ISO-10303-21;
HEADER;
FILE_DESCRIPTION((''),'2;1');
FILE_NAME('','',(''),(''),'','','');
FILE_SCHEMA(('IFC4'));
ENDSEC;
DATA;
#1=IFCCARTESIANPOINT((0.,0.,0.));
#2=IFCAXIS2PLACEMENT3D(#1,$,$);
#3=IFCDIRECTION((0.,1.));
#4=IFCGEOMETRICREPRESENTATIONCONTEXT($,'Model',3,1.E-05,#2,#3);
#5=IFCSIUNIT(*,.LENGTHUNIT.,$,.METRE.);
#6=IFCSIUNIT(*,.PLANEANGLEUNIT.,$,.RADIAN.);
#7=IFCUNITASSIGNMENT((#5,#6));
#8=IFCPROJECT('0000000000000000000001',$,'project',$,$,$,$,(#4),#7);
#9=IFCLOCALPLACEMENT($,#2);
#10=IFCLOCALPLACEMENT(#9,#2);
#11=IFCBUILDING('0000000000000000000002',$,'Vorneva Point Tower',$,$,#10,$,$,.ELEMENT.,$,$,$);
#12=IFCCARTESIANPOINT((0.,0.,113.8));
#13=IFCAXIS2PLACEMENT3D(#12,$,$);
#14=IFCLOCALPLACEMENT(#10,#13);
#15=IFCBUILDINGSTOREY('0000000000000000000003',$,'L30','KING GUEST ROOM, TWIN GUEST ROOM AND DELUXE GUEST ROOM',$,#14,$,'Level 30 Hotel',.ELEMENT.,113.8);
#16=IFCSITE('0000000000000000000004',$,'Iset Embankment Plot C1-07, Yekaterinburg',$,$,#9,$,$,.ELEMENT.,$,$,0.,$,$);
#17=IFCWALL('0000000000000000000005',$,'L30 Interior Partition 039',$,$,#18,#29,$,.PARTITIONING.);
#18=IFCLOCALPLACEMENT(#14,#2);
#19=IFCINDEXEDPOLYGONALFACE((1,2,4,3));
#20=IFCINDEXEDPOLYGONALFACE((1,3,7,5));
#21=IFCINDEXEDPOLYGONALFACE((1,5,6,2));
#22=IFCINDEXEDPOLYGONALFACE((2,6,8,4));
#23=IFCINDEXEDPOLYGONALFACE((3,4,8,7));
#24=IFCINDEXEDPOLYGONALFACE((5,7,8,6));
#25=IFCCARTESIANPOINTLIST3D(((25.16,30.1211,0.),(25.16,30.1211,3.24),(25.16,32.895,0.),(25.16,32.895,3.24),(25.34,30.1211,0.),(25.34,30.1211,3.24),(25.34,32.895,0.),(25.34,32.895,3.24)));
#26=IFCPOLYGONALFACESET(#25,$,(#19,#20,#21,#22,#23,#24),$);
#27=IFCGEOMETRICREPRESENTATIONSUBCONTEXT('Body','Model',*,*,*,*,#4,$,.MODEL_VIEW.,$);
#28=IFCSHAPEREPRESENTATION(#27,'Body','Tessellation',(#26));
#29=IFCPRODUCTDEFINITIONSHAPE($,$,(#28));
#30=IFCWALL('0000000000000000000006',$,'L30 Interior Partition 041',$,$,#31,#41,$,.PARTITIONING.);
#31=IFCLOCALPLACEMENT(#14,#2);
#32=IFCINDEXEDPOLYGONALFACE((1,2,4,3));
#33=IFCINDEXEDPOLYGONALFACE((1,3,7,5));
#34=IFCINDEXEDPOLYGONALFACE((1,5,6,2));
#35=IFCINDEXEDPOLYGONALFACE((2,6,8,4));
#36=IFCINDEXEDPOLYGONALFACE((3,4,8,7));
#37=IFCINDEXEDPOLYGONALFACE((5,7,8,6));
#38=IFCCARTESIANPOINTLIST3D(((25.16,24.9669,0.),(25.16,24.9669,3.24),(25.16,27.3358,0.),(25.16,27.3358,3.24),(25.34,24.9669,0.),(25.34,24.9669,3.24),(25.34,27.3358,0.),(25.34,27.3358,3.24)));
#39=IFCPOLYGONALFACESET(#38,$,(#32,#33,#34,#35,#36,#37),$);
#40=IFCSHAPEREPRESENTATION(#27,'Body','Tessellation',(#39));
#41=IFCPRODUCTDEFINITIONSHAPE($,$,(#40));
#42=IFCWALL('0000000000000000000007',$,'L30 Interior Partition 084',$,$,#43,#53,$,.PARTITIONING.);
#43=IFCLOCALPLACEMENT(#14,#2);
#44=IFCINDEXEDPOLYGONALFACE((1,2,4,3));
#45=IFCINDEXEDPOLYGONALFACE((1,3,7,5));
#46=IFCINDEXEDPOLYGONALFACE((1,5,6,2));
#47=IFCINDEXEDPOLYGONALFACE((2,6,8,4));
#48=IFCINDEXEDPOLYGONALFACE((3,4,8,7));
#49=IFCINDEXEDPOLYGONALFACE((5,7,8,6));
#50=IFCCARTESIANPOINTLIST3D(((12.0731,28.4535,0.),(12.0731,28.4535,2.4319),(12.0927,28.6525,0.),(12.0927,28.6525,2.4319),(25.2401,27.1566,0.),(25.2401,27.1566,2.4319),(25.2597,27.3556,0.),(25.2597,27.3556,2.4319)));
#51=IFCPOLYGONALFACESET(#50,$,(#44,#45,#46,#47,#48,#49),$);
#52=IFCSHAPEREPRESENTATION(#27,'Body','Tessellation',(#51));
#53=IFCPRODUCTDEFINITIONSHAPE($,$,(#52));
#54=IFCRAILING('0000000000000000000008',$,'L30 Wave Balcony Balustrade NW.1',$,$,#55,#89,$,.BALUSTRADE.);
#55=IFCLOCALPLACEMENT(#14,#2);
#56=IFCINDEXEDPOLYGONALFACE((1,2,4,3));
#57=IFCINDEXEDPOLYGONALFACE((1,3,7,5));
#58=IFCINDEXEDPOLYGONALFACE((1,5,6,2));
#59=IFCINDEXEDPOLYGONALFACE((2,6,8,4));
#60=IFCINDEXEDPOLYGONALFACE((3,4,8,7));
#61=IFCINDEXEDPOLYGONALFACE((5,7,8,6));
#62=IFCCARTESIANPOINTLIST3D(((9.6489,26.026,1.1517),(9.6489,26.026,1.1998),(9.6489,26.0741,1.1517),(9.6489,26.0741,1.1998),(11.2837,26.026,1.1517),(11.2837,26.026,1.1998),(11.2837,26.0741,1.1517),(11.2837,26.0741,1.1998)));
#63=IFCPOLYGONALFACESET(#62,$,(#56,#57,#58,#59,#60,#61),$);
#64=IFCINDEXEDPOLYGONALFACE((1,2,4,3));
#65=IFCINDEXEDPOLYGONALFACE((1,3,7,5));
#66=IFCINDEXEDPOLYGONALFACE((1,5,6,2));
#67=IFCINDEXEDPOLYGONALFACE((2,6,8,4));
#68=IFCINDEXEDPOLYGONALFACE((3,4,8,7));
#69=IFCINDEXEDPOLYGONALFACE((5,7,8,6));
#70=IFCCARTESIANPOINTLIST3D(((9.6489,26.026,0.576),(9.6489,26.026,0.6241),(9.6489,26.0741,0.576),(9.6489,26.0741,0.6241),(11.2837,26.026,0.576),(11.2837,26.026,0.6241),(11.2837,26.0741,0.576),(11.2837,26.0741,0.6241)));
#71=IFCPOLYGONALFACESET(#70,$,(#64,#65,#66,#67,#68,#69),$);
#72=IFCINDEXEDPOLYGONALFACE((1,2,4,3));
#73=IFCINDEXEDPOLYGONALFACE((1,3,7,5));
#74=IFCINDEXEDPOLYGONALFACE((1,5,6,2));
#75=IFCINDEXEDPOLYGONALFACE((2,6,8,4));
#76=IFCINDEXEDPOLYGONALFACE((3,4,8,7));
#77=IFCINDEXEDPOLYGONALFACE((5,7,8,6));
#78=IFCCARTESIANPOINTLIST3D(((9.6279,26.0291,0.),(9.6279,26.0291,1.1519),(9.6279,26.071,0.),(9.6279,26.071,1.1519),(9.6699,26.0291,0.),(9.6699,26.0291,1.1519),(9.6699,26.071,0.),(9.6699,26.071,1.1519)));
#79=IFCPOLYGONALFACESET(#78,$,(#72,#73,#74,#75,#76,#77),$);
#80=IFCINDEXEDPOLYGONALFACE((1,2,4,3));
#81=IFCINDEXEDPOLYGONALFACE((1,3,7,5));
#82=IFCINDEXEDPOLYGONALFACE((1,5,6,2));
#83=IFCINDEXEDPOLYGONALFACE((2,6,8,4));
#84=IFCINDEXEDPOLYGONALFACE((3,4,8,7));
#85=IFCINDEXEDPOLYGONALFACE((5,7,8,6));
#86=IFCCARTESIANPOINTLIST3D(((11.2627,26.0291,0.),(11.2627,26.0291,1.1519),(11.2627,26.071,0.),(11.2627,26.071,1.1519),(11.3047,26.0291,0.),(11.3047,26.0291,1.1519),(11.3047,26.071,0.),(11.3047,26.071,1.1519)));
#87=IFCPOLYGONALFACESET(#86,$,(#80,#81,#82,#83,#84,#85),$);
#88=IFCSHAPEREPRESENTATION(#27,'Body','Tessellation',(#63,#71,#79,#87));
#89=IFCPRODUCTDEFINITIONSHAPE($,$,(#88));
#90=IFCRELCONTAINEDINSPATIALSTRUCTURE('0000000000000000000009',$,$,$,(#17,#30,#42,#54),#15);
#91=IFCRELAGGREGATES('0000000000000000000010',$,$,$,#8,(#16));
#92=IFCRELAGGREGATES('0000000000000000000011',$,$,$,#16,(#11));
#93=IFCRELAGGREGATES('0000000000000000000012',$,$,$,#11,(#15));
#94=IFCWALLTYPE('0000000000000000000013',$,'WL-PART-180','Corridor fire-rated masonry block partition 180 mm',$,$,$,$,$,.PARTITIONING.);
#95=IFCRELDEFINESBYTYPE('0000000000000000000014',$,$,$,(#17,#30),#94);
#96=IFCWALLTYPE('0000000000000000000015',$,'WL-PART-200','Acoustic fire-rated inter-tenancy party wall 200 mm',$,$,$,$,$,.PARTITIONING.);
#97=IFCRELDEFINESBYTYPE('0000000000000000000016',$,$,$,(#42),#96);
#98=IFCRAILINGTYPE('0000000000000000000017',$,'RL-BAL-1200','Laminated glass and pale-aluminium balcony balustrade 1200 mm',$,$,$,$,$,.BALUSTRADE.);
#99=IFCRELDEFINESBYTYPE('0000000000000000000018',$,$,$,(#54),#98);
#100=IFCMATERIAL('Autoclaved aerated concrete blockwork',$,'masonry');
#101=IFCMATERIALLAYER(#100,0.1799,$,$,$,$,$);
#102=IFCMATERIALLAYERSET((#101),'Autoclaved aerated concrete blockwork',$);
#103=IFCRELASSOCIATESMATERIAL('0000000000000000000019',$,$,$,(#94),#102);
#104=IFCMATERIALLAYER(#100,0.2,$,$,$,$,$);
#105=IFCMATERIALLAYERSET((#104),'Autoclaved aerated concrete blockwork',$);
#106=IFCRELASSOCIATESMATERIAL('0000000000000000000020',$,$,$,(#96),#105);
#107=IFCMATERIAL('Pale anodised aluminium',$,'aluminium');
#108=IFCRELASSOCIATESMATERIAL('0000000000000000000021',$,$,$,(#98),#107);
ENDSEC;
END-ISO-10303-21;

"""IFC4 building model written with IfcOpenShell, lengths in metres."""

from ifc_helpers import new_model, si_unit, direction, frame, frame_2d, origin, origin_2d, place, context, subcontext, project, spatial, rectangle, extrude, material, layer, layer_set, type_object, element, save


model = new_model("IFC4")

# Units and contexts
model_context = context("Model", 3, precision=1e-05, world=origin(), true_north=direction((0.0, 1.0)))
body_context = subcontext(model_context, "Body", "Model", "MODEL_VIEW")
ifc_project = project(units=[si_unit("LENGTHUNIT", "METRE"), si_unit("PLANEANGLEUNIT", "RADIAN")], contexts=[model_context])

# Site, building, storey
site_placement = place(None, origin())
site = spatial("IfcSite", under=ifc_project, at=site_placement, Name="Iset Embankment Plot C1-07, Yekaterinburg", CompositionType="ELEMENT", RefElevation=0.0)
building_placement = place(site_placement, origin())
building = spatial("IfcBuilding", under=site, at=building_placement, Name="Vorneva Point Tower", CompositionType="ELEMENT")
storey_placement = place(building_placement, frame((0.0, 0.0, 113.8)))
storey = spatial("IfcBuildingStorey", under=building, at=storey_placement, Name="L30", Description="KING GUEST ROOM, TWIN GUEST ROOM AND DELUXE GUEST ROOM", LongName="Level 30 Hotel", CompositionType="ELEMENT", Elevation=113.8)

# Shared definitions
ifc_material_1 = material(Name="Pale anodised aluminium", Category="aluminium")

# Shared definitions
ifc_material_2 = material(Name="Autoclaved aerated concrete blockwork", Category="masonry")
ifc_layer_1 = layer(ifc_material_2, 0.1799)
ifc_layer_set_1 = layer_set([ifc_layer_1], Name="Autoclaved aerated concrete blockwork")
wall_type_1 = type_object("IfcWallType", Name="WL-PART-180", Description="Corridor fire-rated masonry block partition 180 mm", PredefinedType="PARTITIONING", material=ifc_layer_set_1)

# Walls
wall_1_placement = place(storey_placement, frame((25.25, 32.895, 0.0), z_axis=(0.0, 0.0, 1.0), x_axis=(0.0, -1.0, 0.0)))
element("IfcWall", 1, at=wall_1_placement, inside=storey, type_object=wall_type_1, Name="L30 Interior Partition 039", PredefinedType="PARTITIONING", context=body_context, shape_type="SweptSolid", body=[
    extrude(rectangle(XDim=2.7739, YDim=0.1799, at=frame_2d((1.387, 0.0))), origin(), (0.0, 0.0, 1.0), 3.24),
])
wall_2_placement = place(storey_placement, frame((25.25, 27.3359, 0.0), z_axis=(0.0, 0.0, 1.0), x_axis=(0.0, -1.0, 0.0)))
element("IfcWall", 2, at=wall_2_placement, inside=storey, type_object=wall_type_1, Name="L30 Interior Partition 041", PredefinedType="PARTITIONING", context=body_context, shape_type="SweptSolid", body=[
    extrude(rectangle(XDim=2.3689, YDim=0.1799, at=frame_2d((1.1846, 0.0))), origin(), (0.0, 0.0, 1.0), 3.24),
])
ifc_layer_2 = layer(ifc_material_2, 0.2)
ifc_layer_set_2 = layer_set([ifc_layer_2], Name="Autoclaved aerated concrete blockwork")
wall_type_2 = type_object("IfcWallType", Name="WL-PART-200", Description="Acoustic fire-rated inter-tenancy party wall 200 mm", PredefinedType="PARTITIONING", material=ifc_layer_set_2)
wall_3_placement = place(storey_placement, frame((12.083, 28.553, 0.0), z_axis=(0.0, 0.0, 1.0), x_axis=(0.995184, -0.09802, 0.0)))
element("IfcWall", 3, at=wall_3_placement, inside=storey, type_object=wall_type_2, Name="L30 Interior Partition 084", PredefinedType="PARTITIONING", context=body_context, shape_type="SweptSolid", body=[
    extrude(rectangle(XDim=13.2307, YDim=0.2, at=frame_2d((6.6152, 0.0))), origin(), (0.0, 0.0, 1.0), 2.4319),
])

# Railing
railing_type = type_object("IfcRailingType", Name="RL-BAL-1200", Description="Laminated glass and pale-aluminium balcony balustrade 1200 mm", PredefinedType="BALUSTRADE", material=ifc_material_1)
railing_placement = place(storey_placement, frame((9.6489, 26.05, 0.0)))
element("IfcRailing", 4, at=railing_placement, inside=storey, type_object=railing_type, Name="L30 Wave Balcony Balustrade NW.1", PredefinedType="BALUSTRADE", context=body_context, shape_type="SweptSolid", body=[
    extrude(rectangle(XDim=0.0481, YDim=0.0481, at=origin_2d()), frame((0.0, 0.0, 1.1758), z_axis=(1.0, 0.0, 0.0), x_axis=(0.0, 1.0, 0.0)), (0.0, 0.0, 1.0), 1.6348),
    extrude(rectangle(XDim=0.0481, YDim=0.0481, at=origin_2d()), frame((0.0, 0.0, 0.6001), z_axis=(1.0, 0.0, 0.0), x_axis=(0.0, 1.0, 0.0)), (0.0, 0.0, 1.0), 1.6348),
    extrude(rectangle(XDim=0.042, YDim=0.042, at=origin_2d()), origin(), (0.0, 0.0, 1.0), 1.1519),
    extrude(rectangle(XDim=0.042, YDim=0.042, at=origin_2d()), frame((1.6348, 0.0, 0.0)), (0.0, 0.0, 1.0), 1.1519),
])

save(model, "model.ifc")
